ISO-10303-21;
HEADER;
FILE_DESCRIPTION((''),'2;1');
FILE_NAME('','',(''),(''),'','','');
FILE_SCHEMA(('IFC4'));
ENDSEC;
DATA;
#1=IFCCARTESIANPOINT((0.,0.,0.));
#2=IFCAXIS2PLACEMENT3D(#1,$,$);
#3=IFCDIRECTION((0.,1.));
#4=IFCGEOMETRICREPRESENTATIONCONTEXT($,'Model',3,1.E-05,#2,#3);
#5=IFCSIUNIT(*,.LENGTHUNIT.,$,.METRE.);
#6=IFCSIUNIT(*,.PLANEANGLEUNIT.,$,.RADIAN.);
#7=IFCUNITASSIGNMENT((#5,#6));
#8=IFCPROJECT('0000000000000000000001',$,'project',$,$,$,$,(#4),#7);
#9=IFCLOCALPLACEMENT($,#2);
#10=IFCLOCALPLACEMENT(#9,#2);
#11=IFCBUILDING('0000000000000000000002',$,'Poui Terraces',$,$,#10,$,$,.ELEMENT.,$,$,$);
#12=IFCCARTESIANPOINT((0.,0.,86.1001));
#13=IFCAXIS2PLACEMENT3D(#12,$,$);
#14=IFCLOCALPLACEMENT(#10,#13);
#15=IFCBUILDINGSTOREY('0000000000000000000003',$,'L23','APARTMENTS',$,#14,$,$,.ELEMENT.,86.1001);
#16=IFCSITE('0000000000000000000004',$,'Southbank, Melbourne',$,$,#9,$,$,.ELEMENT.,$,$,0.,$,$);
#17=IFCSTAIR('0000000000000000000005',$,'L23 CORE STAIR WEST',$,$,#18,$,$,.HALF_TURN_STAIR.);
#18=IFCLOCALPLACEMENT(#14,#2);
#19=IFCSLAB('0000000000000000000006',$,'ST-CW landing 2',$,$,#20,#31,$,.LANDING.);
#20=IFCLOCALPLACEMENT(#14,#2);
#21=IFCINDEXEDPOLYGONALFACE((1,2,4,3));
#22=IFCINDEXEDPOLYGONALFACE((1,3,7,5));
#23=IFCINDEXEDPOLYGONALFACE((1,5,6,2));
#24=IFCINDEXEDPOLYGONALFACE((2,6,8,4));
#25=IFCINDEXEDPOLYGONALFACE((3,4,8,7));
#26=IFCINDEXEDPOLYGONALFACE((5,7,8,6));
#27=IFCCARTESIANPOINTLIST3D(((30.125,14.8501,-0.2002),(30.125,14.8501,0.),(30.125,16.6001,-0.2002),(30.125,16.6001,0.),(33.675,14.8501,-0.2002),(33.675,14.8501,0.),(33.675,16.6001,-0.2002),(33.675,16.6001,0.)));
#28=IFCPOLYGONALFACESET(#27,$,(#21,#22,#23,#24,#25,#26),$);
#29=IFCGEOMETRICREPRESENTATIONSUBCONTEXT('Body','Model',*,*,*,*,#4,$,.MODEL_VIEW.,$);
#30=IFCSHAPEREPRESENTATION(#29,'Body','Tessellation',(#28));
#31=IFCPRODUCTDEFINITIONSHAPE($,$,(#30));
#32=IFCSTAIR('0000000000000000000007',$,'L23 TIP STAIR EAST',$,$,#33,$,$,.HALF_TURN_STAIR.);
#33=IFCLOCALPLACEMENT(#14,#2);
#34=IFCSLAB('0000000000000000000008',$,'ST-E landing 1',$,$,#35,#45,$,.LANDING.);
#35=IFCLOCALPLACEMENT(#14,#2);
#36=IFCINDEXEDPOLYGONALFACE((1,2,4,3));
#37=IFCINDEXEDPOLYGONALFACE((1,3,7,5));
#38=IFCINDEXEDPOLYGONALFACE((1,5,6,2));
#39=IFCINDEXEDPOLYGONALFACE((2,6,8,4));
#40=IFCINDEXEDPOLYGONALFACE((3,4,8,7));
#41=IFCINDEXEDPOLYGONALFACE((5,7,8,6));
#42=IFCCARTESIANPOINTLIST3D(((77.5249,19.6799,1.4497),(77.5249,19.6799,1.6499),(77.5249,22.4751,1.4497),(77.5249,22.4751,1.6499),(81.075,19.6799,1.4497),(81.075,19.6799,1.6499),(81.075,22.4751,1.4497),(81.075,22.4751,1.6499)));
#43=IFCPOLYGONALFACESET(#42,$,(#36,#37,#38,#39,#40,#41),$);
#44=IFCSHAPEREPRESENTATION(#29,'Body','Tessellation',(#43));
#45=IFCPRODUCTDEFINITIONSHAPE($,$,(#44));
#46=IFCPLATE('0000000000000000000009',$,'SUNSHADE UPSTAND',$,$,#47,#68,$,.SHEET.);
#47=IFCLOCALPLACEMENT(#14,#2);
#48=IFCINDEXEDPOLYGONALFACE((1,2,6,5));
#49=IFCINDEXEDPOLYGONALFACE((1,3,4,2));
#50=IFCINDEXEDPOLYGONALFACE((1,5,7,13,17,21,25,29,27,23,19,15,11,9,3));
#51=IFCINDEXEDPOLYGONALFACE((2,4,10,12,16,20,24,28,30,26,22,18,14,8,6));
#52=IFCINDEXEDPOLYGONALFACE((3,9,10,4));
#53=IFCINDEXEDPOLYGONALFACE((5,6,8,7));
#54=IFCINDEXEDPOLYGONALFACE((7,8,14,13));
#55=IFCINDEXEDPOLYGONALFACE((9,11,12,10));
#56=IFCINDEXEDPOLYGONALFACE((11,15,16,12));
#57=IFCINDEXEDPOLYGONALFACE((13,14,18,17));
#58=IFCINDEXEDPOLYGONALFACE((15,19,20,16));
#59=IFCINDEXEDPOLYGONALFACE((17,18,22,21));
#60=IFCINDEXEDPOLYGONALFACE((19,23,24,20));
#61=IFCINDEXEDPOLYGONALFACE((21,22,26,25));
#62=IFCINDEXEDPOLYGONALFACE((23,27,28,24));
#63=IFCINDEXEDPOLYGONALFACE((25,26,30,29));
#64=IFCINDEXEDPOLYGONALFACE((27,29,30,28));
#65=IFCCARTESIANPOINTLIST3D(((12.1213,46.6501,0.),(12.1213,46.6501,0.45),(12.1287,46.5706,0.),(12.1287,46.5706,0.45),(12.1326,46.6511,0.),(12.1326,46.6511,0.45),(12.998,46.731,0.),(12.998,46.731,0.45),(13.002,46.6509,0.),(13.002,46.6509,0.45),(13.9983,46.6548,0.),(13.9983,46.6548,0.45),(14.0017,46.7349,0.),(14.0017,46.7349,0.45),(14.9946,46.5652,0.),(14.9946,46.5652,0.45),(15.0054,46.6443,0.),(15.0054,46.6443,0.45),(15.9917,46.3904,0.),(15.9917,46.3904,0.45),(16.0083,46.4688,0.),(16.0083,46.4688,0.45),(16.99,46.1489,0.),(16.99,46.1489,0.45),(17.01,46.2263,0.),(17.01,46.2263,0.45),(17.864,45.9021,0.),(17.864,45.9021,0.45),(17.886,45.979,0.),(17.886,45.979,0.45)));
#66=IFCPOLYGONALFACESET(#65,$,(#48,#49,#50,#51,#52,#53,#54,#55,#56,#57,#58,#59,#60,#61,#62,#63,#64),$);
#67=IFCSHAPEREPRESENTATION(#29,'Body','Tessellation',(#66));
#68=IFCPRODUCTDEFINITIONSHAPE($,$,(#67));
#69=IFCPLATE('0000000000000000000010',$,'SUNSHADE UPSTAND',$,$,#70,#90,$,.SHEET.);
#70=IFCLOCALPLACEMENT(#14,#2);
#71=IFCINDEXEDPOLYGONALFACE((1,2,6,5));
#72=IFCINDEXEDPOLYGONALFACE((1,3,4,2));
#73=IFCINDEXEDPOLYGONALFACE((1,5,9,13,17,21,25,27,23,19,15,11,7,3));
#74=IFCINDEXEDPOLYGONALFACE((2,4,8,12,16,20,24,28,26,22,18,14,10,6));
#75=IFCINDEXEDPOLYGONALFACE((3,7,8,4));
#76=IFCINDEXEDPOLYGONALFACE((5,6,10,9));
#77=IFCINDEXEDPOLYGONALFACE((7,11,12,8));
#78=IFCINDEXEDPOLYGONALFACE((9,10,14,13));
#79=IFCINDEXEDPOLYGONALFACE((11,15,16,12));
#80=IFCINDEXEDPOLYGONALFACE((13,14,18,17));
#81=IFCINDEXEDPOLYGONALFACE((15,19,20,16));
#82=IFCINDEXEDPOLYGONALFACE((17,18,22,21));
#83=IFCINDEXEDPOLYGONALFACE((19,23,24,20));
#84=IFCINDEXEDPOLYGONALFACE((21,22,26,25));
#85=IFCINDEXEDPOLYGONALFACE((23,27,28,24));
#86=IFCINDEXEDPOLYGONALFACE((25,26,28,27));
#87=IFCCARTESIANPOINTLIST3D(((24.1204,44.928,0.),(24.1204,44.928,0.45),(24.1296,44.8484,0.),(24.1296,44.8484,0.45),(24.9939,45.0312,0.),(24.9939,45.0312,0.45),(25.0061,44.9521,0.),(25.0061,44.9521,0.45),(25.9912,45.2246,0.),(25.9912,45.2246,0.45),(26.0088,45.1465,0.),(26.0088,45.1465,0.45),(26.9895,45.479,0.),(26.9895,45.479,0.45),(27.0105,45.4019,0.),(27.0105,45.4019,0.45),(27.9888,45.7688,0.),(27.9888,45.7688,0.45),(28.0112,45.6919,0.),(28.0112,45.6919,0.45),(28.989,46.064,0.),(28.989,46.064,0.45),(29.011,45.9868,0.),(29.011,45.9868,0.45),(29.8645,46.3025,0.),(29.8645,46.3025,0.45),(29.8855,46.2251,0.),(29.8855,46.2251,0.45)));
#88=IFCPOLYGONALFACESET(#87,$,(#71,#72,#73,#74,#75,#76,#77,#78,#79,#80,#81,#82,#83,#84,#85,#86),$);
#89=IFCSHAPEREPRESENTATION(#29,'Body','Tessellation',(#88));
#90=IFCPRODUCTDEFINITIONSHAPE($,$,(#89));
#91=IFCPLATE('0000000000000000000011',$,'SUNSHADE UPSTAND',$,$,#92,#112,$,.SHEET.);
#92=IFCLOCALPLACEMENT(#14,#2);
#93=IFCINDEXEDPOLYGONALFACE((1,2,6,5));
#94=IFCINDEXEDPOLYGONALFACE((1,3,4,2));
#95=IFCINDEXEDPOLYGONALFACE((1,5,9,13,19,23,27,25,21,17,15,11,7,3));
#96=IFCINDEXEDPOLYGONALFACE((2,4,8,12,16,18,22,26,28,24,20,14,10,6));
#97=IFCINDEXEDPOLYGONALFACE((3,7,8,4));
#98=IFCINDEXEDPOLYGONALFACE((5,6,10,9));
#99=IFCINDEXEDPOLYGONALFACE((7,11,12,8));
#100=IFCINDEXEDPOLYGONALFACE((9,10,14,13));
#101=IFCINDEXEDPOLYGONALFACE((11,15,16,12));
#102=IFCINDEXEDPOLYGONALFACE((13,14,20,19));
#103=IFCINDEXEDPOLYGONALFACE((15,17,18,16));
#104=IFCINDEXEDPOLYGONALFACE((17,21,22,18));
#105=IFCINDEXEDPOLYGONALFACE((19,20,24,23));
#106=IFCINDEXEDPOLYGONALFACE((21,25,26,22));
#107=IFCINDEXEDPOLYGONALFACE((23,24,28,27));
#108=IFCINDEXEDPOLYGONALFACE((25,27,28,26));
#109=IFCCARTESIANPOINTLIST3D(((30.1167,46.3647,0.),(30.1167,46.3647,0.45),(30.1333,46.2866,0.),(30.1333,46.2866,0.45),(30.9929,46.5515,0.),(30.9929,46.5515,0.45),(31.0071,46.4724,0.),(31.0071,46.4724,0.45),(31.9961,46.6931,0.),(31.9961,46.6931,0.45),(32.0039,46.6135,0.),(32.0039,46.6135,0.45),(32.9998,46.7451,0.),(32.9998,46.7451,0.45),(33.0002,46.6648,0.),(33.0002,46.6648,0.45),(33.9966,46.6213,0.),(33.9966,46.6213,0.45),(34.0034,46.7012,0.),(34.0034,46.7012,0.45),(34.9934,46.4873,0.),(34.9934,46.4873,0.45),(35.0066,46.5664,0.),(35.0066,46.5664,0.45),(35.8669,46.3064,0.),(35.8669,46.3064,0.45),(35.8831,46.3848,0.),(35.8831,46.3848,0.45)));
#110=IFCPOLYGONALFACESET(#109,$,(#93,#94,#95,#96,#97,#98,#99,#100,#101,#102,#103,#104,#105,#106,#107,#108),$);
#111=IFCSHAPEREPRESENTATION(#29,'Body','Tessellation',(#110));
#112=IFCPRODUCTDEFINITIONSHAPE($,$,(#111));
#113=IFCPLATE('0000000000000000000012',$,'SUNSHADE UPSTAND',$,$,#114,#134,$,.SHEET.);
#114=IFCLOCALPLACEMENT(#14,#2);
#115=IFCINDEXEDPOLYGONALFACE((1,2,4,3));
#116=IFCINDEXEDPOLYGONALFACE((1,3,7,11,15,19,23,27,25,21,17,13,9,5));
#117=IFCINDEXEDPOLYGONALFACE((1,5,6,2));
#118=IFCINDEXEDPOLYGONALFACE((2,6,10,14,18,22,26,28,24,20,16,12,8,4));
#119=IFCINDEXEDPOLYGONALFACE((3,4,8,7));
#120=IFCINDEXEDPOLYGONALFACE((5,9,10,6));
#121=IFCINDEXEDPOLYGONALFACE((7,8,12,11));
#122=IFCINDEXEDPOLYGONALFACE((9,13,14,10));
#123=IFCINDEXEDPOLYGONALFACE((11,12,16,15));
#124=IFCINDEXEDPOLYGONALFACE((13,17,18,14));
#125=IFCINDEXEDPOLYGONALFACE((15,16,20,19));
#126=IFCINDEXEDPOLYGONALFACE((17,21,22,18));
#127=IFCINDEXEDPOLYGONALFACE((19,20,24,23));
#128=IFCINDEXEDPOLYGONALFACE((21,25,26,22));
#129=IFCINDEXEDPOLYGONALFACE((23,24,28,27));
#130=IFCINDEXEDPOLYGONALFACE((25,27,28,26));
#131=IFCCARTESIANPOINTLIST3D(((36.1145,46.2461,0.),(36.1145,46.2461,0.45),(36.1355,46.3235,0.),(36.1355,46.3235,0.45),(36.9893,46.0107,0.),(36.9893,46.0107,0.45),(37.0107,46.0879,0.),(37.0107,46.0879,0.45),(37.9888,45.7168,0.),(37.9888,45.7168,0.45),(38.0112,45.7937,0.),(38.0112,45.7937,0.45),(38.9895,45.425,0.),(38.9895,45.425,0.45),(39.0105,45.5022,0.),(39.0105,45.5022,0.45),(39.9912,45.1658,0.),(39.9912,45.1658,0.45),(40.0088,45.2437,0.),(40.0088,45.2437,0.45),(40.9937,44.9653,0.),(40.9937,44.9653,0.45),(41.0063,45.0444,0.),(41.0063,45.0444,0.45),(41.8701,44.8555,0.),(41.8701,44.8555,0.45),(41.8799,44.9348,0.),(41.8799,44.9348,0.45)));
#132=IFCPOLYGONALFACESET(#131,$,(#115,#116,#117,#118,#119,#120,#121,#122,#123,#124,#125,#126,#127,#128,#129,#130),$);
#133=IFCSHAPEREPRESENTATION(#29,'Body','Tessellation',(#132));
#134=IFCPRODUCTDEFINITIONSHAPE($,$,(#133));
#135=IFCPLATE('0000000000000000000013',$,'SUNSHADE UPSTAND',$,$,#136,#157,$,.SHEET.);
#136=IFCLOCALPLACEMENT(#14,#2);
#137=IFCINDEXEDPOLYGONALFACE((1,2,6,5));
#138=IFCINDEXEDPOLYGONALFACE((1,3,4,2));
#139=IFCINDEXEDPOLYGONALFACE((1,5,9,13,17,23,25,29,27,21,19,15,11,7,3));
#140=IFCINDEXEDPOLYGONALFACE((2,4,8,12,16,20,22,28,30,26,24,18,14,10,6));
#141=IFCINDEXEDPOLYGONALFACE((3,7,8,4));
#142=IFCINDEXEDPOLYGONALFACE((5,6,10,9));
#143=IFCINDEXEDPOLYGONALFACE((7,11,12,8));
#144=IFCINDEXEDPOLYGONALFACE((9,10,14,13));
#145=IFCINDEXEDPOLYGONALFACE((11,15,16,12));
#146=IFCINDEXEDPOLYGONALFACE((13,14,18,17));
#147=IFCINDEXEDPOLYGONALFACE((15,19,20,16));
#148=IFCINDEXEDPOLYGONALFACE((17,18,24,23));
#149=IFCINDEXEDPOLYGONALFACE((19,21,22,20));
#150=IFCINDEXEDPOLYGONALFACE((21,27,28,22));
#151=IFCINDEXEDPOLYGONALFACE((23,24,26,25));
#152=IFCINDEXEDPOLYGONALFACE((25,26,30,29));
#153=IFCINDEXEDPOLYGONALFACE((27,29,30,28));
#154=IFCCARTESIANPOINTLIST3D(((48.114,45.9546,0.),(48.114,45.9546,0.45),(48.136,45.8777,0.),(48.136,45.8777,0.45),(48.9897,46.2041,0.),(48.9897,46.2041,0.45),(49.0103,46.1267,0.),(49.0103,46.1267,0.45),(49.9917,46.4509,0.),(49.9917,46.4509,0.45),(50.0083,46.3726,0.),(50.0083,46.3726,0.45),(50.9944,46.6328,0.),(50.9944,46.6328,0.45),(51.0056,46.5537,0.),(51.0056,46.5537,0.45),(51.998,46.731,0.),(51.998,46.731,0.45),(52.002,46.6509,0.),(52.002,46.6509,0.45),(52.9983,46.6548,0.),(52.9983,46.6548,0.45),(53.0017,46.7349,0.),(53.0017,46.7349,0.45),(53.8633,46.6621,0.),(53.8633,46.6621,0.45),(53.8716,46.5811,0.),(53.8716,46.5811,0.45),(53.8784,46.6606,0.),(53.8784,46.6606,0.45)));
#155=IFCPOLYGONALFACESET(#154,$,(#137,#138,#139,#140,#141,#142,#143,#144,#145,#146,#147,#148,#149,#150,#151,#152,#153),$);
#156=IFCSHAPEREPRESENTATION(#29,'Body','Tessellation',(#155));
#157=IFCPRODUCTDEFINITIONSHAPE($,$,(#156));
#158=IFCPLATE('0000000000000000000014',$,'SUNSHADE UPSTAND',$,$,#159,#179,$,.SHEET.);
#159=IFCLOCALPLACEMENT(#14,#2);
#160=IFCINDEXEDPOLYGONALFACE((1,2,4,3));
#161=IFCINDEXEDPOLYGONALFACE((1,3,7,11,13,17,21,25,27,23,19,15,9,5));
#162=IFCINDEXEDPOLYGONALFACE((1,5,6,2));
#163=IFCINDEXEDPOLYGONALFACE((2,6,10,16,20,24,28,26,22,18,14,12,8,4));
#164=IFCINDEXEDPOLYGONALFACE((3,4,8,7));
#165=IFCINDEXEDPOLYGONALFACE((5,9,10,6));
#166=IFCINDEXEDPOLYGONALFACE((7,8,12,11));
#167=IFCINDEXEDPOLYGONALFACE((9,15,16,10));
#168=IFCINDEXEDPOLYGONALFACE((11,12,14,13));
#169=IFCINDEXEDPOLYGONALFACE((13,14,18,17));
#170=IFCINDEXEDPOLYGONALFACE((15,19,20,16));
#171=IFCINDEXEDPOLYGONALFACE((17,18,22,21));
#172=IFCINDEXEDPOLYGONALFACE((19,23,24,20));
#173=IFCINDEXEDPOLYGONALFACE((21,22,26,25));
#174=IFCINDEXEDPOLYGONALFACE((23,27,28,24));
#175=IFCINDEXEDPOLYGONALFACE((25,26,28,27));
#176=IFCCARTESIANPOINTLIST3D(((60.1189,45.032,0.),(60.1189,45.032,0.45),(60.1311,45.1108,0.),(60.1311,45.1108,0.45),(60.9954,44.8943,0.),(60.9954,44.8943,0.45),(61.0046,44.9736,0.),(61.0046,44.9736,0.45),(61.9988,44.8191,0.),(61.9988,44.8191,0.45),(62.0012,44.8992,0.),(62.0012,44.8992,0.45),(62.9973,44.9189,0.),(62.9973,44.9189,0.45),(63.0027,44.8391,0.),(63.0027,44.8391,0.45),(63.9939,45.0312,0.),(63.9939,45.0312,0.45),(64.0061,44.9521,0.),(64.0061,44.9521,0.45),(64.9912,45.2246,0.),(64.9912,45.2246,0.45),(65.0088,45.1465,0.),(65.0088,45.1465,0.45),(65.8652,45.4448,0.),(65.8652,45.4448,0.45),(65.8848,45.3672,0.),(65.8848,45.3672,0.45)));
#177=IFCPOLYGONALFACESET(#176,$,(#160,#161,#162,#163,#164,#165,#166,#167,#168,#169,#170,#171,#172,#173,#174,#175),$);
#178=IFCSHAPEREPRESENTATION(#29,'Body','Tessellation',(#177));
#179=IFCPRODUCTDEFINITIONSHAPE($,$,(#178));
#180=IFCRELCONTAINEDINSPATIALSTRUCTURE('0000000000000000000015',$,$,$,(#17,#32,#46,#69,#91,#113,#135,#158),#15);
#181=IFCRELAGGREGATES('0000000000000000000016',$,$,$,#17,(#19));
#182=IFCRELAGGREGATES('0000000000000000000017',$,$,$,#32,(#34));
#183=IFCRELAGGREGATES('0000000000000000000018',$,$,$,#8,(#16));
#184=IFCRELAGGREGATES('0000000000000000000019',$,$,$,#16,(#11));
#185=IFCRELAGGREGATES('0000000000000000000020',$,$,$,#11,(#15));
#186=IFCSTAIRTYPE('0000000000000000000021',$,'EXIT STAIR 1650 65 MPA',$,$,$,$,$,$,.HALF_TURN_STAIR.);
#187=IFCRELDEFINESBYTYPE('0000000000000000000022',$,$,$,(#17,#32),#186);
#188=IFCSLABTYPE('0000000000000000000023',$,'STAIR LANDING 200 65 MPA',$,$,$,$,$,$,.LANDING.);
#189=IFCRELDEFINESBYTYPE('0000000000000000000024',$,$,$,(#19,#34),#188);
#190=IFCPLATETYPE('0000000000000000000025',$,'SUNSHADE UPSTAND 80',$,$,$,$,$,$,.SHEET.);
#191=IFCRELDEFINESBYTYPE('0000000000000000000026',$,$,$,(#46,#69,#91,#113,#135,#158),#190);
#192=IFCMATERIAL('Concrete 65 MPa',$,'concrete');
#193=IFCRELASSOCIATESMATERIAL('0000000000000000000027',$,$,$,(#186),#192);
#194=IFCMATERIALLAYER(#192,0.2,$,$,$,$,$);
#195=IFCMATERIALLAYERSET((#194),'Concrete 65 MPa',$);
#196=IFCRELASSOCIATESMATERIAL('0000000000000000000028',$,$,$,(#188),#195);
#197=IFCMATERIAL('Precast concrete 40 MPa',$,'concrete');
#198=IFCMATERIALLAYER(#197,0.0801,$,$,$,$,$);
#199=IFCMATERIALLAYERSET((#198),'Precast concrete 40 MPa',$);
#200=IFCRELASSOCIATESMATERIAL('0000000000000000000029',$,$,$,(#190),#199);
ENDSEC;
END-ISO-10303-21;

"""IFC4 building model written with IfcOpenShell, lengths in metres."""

from ifc_helpers import new_model, si_unit, direction, frame, origin, place, context, subcontext, project, spatial, polyline, outline, extrude, material, layer, layer_set, type_object, element, aggregate, save


model = new_model("IFC4")

# Units and contexts
model_context = context("Model", 3, precision=1e-05, world=origin(), true_north=direction((0.0, 1.0)))
body_context = subcontext(model_context, "Body", "Model", "MODEL_VIEW")
ifc_project = project(units=[si_unit("LENGTHUNIT", "METRE"), si_unit("PLANEANGLEUNIT", "RADIAN")], contexts=[model_context])

# Site, building, storey
site_placement = place(None, origin())
site = spatial("IfcSite", under=ifc_project, at=site_placement, Name="Southbank, Melbourne", CompositionType="ELEMENT", RefElevation=0.0)
building_placement = place(site_placement, origin())
building = spatial("IfcBuilding", under=site, at=building_placement, Name="Poui Terraces", CompositionType="ELEMENT")
storey_placement = place(building_placement, frame((0.0, 0.0, 86.1001)))
storey = spatial("IfcBuildingStorey", under=building, at=storey_placement, Name="L23", Description="APARTMENTS", CompositionType="ELEMENT", Elevation=86.1001)

# Shared definitions
ifc_material_1 = material(Name="Precast concrete 40 MPa", Category="concrete")

# Stair, slab
ifc_material_2 = material(Name="Concrete 65 MPa", Category="concrete")
stair_type = type_object("IfcStairType", Name="EXIT STAIR 1650 65 MPA", PredefinedType="HALF_TURN_STAIR", material=ifc_material_2)
ifc_layer_1 = layer(ifc_material_2, 0.2)
ifc_layer_set_1 = layer_set([ifc_layer_1], Name="Concrete 65 MPa")
slab_type_1 = type_object("IfcSlabType", Name="STAIR LANDING 200 65 MPA", PredefinedType="LANDING", material=ifc_layer_set_1)
stair_1_placement = place(storey_placement, origin())
stair_1 = element("IfcStair", 1, at=stair_1_placement, inside=storey, type_object=stair_type, Name="L23 CORE STAIR WEST", PredefinedType="HALF_TURN_STAIR")
slab_1_placement = place(storey_placement, frame((0.0, 0.0, -0.2002)))
slab_1 = element("IfcSlab", 2, at=slab_1_placement, type_object=slab_type_1, Name="ST-CW landing 2", PredefinedType="LANDING", context=body_context, shape_type="SweptSolid", body=[
    extrude(outline(polyline([(30.125, 14.8501), (33.675, 14.8501), (33.675, 16.6001), (30.125, 16.6001), (30.125, 14.8501)])), origin(), (0.0, 0.0, 1.0), 0.2002),
])
aggregate(stair_1, [slab_1])

# Stair, slab
stair_2_placement = place(storey_placement, origin())
stair_2 = element("IfcStair", 3, at=stair_2_placement, inside=storey, type_object=stair_type, Name="L23 TIP STAIR EAST", PredefinedType="HALF_TURN_STAIR")
slab_2_placement = place(storey_placement, frame((0.0, 0.0, 1.4497)))
slab_2 = element("IfcSlab", 4, at=slab_2_placement, type_object=slab_type_1, Name="ST-E landing 1", PredefinedType="LANDING", context=body_context, shape_type="SweptSolid", body=[
    extrude(outline(polyline([(77.5249, 19.6799), (81.075, 19.6799), (81.075, 22.4751), (77.5249, 22.4751), (77.5249, 19.6799)])), origin(), (0.0, 0.0, 1.0), 0.2002),
])
aggregate(stair_2, [slab_2])

# Plates
ifc_layer_2 = layer(ifc_material_1, 0.0801)
ifc_layer_set_2 = layer_set([ifc_layer_2], Name="Precast concrete 40 MPa")
plate_type = type_object("IfcPlateType", Name="SUNSHADE UPSTAND 80", PredefinedType="SHEET", material=ifc_layer_set_2)
plate_1_placement = place(storey_placement, origin())
element("IfcPlate", 5, at=plate_1_placement, inside=storey, type_object=plate_type, Name="SUNSHADE UPSTAND", PredefinedType="SHEET", context=body_context, shape_type="SweptSolid", body=[
    extrude(outline(polyline([(12.998, 46.731), (12.1326, 46.6511), (12.1213, 46.6501), (12.1287, 46.5706), (13.002, 46.6509), (13.9983, 46.6548), (14.9946, 46.5652), (15.9917, 46.3904), (16.99, 46.1489), (17.864, 45.9021), (17.886, 45.979), (17.01, 46.2263), (16.0083, 46.4688), (15.0054, 46.6443), (14.0017, 46.7349), (12.998, 46.731)])), origin(), (0.0, 0.0, 1.0), 0.45),
])
plate_2_placement = place(storey_placement, origin())
element("IfcPlate", 6, at=plate_2_placement, inside=storey, type_object=plate_type, Name="SUNSHADE UPSTAND", PredefinedType="SHEET", context=body_context, shape_type="SweptSolid", body=[
    extrude(outline(polyline([(24.9939, 45.0312), (24.1204, 44.928), (24.1296, 44.8484), (25.0061, 44.9521), (26.0088, 45.1465), (27.0105, 45.4019), (28.0112, 45.6919), (29.011, 45.9868), (29.8855, 46.2251), (29.8645, 46.3025), (28.989, 46.064), (27.9888, 45.7688), (26.9895, 45.479), (25.9912, 45.2246), (24.9939, 45.0312)])), origin(), (0.0, 0.0, 1.0), 0.45),
])
plate_3_placement = place(storey_placement, origin())
element("IfcPlate", 7, at=plate_3_placement, inside=storey, type_object=plate_type, Name="SUNSHADE UPSTAND", PredefinedType="SHEET", context=body_context, shape_type="SweptSolid", body=[
    extrude(outline(polyline([(30.9929, 46.5515), (30.1167, 46.3647), (30.1333, 46.2866), (31.0071, 46.4724), (32.0039, 46.6135), (33.0002, 46.6648), (33.9966, 46.6213), (34.9934, 46.4873), (35.8669, 46.3064), (35.8831, 46.3848), (35.0066, 46.5664), (34.0034, 46.7012), (32.9998, 46.7451), (31.9961, 46.6931), (30.9929, 46.5515)])), origin(), (0.0, 0.0, 1.0), 0.45),
])
plate_4_placement = place(storey_placement, origin())
element("IfcPlate", 8, at=plate_4_placement, inside=storey, type_object=plate_type, Name="SUNSHADE UPSTAND", PredefinedType="SHEET", context=body_context, shape_type="SweptSolid", body=[
    extrude(outline(polyline([(37.0107, 46.0879), (36.1355, 46.3235), (36.1145, 46.2461), (36.9893, 46.0107), (37.9888, 45.7168), (38.9895, 45.425), (39.9912, 45.1658), (40.9937, 44.9653), (41.8701, 44.8555), (41.8799, 44.9348), (41.0063, 45.0444), (40.0088, 45.2437), (39.0105, 45.5022), (38.0112, 45.7937), (37.0107, 46.0879)])), origin(), (0.0, 0.0, 1.0), 0.45),
])
plate_5_placement = place(storey_placement, origin())
element("IfcPlate", 9, at=plate_5_placement, inside=storey, type_object=plate_type, Name="SUNSHADE UPSTAND", PredefinedType="SHEET", context=body_context, shape_type="SweptSolid", body=[
    extrude(outline(polyline([(48.9897, 46.2041), (48.114, 45.9546), (48.136, 45.8777), (49.0103, 46.1267), (50.0083, 46.3726), (51.0056, 46.5537), (52.002, 46.6509), (52.9983, 46.6548), (53.8716, 46.5811), (53.8784, 46.6606), (53.8633, 46.6621), (53.0017, 46.7349), (51.998, 46.731), (50.9944, 46.6328), (49.9917, 46.4509), (48.9897, 46.2041)])), origin(), (0.0, 0.0, 1.0), 0.45),
])
plate_6_placement = place(storey_placement, origin())
element("IfcPlate", 10, at=plate_6_placement, inside=storey, type_object=plate_type, Name="SUNSHADE UPSTAND", PredefinedType="SHEET", context=body_context, shape_type="SweptSolid", body=[
    extrude(outline(polyline([(61.0046, 44.9736), (60.1311, 45.1108), (60.1189, 45.032), (60.9954, 44.8943), (61.9988, 44.8191), (63.0027, 44.8391), (64.0061, 44.9521), (65.0088, 45.1465), (65.8848, 45.3672), (65.8652, 45.4448), (64.9912, 45.2246), (63.9939, 45.0312), (62.9973, 44.9189), (62.0012, 44.8992), (61.0046, 44.9736)])), origin(), (0.0, 0.0, 1.0), 0.45),
])

save(model, "model.ifc")
